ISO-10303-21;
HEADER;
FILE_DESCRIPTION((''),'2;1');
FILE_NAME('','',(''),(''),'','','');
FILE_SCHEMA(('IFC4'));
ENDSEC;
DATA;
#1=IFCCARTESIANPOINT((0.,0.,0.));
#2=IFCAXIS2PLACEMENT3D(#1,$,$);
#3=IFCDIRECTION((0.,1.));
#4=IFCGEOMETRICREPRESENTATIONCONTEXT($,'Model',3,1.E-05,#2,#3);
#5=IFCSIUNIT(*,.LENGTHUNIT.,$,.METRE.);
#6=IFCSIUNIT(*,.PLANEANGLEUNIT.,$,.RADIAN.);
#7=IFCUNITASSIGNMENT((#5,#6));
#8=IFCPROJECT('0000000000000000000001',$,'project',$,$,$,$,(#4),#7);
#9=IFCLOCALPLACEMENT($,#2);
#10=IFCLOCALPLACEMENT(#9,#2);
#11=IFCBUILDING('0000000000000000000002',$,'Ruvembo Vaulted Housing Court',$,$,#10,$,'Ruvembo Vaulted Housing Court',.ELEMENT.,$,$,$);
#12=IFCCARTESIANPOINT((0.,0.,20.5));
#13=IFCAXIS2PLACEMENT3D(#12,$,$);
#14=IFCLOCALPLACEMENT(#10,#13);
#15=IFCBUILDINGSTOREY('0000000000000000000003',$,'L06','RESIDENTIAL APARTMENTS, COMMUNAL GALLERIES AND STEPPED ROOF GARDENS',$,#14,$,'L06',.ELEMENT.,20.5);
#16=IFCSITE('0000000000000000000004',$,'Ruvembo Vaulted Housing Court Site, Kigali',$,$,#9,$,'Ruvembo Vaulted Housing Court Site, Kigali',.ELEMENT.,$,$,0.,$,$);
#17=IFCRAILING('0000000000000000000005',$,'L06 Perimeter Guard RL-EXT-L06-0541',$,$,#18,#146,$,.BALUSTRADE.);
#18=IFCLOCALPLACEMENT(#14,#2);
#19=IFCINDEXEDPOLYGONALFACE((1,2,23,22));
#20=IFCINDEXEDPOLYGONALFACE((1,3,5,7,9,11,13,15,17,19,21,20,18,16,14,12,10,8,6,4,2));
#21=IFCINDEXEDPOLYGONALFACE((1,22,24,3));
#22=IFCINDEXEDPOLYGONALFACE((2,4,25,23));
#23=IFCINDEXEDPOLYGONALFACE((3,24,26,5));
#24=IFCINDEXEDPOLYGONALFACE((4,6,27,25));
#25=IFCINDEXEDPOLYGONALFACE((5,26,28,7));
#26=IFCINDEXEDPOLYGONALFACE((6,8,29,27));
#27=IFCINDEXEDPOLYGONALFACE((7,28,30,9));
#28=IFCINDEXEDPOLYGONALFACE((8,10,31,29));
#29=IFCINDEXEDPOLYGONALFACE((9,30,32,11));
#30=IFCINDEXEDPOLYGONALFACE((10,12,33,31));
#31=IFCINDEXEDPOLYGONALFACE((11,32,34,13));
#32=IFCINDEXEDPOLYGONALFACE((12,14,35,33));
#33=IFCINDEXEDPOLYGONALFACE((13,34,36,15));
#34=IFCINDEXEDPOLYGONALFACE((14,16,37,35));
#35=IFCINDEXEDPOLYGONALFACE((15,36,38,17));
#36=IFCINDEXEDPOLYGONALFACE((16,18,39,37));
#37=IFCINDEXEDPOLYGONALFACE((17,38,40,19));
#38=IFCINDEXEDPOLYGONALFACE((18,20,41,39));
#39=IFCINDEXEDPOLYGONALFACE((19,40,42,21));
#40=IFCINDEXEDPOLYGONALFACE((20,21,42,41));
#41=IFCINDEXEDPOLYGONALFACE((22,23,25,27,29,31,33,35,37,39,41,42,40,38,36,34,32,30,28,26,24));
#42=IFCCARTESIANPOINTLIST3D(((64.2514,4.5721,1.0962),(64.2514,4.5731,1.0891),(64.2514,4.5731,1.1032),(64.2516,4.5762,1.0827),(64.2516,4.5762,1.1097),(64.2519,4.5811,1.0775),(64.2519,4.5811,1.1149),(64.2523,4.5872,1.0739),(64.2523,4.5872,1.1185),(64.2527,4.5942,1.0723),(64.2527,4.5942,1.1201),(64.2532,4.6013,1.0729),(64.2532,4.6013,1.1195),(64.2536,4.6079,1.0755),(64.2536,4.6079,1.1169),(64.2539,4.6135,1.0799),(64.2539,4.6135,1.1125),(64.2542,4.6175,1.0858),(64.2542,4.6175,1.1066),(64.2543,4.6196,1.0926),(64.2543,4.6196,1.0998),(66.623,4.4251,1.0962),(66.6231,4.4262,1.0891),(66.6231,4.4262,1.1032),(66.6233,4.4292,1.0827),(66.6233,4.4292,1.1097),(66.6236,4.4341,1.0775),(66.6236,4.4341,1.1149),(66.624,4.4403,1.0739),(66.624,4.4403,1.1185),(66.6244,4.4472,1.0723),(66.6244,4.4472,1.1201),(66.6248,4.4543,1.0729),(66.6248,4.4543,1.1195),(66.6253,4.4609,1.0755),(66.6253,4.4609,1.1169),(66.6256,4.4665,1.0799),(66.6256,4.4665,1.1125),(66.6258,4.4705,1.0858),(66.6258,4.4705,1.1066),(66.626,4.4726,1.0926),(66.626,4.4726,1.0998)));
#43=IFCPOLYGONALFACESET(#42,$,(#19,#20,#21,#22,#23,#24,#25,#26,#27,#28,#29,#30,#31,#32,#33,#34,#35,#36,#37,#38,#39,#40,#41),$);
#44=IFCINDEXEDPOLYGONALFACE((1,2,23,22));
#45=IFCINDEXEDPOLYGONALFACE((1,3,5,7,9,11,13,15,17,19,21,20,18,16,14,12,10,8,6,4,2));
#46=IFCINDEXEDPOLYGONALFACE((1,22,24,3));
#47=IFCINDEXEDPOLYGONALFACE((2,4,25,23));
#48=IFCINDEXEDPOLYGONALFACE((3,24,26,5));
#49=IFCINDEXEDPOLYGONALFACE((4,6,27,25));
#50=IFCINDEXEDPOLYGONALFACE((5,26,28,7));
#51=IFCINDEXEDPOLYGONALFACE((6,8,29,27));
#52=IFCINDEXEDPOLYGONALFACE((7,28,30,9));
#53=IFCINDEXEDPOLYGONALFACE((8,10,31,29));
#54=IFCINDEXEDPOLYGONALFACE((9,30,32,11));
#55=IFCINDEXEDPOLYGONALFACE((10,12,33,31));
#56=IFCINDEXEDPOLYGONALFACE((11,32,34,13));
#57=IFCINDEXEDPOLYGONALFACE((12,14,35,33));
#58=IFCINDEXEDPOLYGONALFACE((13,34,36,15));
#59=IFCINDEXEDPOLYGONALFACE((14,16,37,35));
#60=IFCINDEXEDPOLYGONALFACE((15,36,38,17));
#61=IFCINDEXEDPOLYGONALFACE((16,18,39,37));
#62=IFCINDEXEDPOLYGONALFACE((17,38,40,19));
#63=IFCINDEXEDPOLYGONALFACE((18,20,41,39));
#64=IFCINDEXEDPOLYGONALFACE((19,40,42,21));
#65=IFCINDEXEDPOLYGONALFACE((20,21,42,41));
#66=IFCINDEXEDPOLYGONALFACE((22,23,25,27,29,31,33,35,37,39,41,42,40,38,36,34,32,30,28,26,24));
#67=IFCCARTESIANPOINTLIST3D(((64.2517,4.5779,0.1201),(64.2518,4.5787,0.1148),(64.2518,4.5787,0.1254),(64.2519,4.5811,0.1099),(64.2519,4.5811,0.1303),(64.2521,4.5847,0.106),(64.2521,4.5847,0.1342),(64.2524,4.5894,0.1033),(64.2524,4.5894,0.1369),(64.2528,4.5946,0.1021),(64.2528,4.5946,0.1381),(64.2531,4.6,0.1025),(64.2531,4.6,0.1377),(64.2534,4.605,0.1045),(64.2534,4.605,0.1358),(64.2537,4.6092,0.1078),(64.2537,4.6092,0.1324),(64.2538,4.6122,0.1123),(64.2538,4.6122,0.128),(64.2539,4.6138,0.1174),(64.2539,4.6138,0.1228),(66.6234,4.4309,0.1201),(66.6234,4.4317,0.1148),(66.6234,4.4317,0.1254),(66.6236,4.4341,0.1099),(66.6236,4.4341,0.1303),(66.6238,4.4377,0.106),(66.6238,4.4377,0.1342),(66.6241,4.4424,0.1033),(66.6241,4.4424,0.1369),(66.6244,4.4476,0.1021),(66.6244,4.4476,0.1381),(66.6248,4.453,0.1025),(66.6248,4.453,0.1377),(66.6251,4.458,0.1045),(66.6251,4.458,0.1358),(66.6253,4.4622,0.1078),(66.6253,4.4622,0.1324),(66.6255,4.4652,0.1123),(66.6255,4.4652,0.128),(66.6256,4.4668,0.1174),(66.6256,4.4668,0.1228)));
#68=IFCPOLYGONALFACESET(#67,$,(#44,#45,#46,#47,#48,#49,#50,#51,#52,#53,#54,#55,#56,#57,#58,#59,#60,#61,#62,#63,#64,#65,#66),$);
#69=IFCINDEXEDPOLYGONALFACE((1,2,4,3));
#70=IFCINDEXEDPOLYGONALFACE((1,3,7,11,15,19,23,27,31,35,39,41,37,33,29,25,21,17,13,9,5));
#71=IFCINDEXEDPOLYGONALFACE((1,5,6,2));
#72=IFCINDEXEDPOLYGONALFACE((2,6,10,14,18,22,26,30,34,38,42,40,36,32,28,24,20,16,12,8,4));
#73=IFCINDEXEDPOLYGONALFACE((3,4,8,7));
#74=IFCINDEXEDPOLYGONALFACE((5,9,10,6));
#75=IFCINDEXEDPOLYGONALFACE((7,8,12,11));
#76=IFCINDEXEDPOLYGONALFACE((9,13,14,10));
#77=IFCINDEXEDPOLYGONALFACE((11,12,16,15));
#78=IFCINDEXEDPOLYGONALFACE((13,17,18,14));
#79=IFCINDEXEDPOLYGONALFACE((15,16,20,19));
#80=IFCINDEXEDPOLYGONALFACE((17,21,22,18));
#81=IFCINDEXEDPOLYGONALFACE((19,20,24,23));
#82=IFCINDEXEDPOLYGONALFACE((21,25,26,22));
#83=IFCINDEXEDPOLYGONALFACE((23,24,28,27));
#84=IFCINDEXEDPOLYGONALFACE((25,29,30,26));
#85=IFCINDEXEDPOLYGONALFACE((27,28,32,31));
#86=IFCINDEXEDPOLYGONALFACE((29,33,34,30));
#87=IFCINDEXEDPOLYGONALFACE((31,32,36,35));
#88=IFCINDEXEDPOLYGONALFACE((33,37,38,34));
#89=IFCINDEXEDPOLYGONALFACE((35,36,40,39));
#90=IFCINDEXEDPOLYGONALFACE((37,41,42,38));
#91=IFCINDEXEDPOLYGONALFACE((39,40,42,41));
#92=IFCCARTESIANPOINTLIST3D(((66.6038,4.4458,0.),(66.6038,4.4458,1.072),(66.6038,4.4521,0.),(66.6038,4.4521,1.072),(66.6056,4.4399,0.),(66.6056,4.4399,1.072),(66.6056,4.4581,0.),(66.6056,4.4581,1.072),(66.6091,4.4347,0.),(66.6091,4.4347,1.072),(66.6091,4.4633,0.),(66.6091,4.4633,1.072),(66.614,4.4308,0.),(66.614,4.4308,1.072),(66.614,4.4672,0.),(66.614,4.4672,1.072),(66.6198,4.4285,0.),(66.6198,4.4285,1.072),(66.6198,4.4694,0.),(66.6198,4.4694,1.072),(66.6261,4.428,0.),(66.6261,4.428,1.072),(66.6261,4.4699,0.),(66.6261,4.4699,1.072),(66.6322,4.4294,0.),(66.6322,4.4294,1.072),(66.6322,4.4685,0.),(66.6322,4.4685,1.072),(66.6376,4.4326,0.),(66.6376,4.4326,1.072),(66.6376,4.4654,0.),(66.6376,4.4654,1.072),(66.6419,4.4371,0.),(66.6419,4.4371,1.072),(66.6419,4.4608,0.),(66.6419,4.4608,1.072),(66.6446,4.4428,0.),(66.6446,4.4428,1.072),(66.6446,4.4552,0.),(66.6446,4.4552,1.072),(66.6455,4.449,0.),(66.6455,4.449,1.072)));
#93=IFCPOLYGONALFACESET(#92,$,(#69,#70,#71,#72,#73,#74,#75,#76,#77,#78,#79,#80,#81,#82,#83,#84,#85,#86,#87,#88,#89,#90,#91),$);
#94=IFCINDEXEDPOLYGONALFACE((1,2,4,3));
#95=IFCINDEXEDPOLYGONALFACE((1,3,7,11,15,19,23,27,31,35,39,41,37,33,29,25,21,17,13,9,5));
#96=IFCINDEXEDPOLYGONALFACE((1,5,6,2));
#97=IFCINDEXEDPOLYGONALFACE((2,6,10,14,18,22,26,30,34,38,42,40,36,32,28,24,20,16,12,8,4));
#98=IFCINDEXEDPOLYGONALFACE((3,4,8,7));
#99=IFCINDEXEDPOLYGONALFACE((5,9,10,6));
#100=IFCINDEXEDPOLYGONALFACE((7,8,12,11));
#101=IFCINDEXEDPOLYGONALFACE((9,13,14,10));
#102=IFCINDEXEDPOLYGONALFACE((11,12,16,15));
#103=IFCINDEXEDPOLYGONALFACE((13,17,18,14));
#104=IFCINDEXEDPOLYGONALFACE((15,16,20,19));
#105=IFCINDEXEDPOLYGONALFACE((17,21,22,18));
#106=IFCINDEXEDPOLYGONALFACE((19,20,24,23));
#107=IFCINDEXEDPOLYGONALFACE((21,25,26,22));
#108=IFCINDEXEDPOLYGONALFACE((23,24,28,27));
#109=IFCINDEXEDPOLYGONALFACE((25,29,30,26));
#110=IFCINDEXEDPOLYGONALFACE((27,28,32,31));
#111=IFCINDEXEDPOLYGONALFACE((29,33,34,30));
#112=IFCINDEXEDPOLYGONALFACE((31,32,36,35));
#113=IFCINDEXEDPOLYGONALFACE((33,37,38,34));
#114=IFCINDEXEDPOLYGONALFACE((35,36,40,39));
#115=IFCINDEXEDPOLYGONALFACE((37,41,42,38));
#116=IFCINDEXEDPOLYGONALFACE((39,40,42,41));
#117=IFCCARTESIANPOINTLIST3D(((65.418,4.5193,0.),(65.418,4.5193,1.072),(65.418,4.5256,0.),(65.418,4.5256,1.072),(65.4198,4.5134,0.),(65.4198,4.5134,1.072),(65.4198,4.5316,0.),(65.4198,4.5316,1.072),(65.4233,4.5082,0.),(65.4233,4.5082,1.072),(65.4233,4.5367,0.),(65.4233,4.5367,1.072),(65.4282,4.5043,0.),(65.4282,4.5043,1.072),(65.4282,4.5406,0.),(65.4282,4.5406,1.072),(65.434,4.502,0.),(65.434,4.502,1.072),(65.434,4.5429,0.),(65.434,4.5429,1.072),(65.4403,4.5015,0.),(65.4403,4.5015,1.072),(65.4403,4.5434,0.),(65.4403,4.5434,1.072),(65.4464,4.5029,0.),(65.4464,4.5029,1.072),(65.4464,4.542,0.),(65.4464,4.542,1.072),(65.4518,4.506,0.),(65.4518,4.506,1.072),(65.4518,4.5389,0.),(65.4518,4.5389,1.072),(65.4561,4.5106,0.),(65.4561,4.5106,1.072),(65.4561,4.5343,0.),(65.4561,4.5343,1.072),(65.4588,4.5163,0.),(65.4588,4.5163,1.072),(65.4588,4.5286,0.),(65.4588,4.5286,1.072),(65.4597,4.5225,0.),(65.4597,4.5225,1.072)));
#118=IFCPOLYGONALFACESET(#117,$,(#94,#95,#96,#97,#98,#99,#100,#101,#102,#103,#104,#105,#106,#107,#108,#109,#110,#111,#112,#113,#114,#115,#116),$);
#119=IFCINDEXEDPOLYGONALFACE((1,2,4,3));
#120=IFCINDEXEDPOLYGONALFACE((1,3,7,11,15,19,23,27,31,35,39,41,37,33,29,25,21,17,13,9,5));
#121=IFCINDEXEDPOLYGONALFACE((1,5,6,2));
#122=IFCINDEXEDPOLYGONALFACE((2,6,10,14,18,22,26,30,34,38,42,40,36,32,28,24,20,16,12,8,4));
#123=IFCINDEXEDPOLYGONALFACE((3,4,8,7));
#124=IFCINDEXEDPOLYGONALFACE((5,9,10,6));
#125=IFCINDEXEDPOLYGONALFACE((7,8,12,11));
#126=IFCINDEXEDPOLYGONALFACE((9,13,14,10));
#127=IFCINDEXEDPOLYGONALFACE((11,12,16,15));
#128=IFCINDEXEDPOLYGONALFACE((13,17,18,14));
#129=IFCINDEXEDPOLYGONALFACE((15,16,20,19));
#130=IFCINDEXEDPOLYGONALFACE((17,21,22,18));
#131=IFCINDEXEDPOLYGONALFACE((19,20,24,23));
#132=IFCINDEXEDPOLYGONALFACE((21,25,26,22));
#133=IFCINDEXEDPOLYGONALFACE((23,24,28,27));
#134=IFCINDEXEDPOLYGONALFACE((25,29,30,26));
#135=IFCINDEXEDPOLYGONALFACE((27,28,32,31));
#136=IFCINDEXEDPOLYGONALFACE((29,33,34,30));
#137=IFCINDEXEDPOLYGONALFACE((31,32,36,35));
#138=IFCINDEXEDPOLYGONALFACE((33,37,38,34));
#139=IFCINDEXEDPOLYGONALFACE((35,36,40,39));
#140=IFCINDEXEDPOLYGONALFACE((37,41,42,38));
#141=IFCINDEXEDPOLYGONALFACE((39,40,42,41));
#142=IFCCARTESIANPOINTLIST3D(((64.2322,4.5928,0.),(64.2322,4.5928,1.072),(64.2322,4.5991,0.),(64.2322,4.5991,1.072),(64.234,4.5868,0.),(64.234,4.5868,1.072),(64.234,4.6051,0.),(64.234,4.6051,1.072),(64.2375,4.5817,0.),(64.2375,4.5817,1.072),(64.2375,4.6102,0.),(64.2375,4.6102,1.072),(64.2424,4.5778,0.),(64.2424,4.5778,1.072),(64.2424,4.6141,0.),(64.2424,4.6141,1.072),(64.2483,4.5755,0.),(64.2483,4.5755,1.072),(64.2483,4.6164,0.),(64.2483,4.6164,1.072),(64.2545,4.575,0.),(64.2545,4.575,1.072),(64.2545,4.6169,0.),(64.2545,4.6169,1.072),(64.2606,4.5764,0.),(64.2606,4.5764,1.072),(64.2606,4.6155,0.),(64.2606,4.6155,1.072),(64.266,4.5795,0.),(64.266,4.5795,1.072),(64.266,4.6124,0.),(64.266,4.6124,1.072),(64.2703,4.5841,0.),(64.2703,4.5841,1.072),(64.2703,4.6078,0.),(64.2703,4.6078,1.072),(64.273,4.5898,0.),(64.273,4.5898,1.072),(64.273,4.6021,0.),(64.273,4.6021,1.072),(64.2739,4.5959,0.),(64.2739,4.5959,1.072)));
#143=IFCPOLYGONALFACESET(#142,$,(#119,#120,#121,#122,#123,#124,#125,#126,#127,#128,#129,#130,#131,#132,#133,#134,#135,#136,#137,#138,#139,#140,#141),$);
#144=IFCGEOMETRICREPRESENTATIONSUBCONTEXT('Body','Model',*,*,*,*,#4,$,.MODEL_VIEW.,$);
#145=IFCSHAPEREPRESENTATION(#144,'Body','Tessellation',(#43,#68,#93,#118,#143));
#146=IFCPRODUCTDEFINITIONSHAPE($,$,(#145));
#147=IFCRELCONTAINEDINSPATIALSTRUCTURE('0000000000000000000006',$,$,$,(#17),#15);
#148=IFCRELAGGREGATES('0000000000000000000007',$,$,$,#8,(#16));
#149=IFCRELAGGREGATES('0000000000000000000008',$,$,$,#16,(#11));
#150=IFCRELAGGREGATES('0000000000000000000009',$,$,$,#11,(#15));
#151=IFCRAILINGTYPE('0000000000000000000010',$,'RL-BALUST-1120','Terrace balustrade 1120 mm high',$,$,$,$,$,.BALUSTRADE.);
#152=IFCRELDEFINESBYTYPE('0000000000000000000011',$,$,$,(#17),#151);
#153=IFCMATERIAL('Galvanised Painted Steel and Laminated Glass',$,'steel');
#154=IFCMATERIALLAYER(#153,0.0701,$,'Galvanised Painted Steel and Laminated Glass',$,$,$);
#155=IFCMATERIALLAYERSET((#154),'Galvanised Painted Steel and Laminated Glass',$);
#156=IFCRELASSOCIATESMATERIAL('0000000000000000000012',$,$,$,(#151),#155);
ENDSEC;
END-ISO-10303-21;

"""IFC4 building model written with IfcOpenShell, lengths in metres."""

from ifc_helpers import new_model, si_unit, direction, frame, origin, origin_2d, place, context, subcontext, project, spatial, circle, extrude, material, layer, layer_set, type_object, element, save


model = new_model("IFC4")

# Units and contexts
model_context = context("Model", 3, precision=1e-05, world=origin(), true_north=direction((0.0, 1.0)))
body_context = subcontext(model_context, "Body", "Model", "MODEL_VIEW")
ifc_project = project(units=[si_unit("LENGTHUNIT", "METRE"), si_unit("PLANEANGLEUNIT", "RADIAN")], contexts=[model_context])

# Site, building, storey
site_placement = place(None, origin())
site = spatial("IfcSite", under=ifc_project, at=site_placement, Name="Ruvembo Vaulted Housing Court Site, Kigali", LongName="Ruvembo Vaulted Housing Court Site, Kigali", CompositionType="ELEMENT", RefElevation=0.0)
building_placement = place(site_placement, origin())
building = spatial("IfcBuilding", under=site, at=building_placement, Name="Ruvembo Vaulted Housing Court", LongName="Ruvembo Vaulted Housing Court", CompositionType="ELEMENT")
storey_placement = place(building_placement, frame((0.0, 0.0, 20.5)))
storey = spatial("IfcBuildingStorey", under=building, at=storey_placement, Name="L06", Description="RESIDENTIAL APARTMENTS, COMMUNAL GALLERIES AND STEPPED ROOF GARDENS", LongName="L06", CompositionType="ELEMENT", Elevation=20.5)

# Railing
ifc_material_1 = material(Name="Galvanised Painted Steel and Laminated Glass", Category="steel")
ifc_layer = layer(ifc_material_1, 0.0701, Name="Galvanised Painted Steel and Laminated Glass")
ifc_layer_set = layer_set([ifc_layer], Name="Galvanised Painted Steel and Laminated Glass")
railing_type = type_object("IfcRailingType", Name="RL-BALUST-1120", Description="Terrace balustrade 1120 mm high", PredefinedType="BALUSTRADE", material=ifc_layer_set)
railing_1_placement = place(storey_placement, frame((66.6245, 4.449, 0.0)))
element("IfcRailing", 1, at=railing_1_placement, inside=storey, type_object=railing_type, Name="L06 Perimeter Guard RL-EXT-L06-0541", PredefinedType="BALUSTRADE", context=body_context, shape_type="SweptSolid", body=[
    extrude(circle(Radius=0.0239, at=origin_2d()), frame((0.0, 0.0, 1.0962), z_axis=(-0.998085, 0.061854, 0.0), x_axis=(-0.061854, -0.998085, 0.0)), (0.0, 0.0, 1.0), 2.3762),
    extrude(circle(Radius=0.0181, at=origin_2d()), frame((0.0, 0.0, 0.1201), z_axis=(-0.998085, 0.061854, 0.0), x_axis=(-0.061854, -0.998085, 0.0)), (0.0, 0.0, 1.0), 2.3762),
    extrude(circle(Radius=0.021, at=origin_2d()), origin(), (0.0, 0.0, 1.0), 1.072),
    extrude(circle(Radius=0.021, at=origin_2d()), frame((-1.1858, 0.0735, 0.0)), (0.0, 0.0, 1.0), 1.072),
    extrude(circle(Radius=0.021, at=origin_2d()), frame((-2.3716, 0.147, 0.0)), (0.0, 0.0, 1.0), 1.072),
])

save(model, "model.ifc")
